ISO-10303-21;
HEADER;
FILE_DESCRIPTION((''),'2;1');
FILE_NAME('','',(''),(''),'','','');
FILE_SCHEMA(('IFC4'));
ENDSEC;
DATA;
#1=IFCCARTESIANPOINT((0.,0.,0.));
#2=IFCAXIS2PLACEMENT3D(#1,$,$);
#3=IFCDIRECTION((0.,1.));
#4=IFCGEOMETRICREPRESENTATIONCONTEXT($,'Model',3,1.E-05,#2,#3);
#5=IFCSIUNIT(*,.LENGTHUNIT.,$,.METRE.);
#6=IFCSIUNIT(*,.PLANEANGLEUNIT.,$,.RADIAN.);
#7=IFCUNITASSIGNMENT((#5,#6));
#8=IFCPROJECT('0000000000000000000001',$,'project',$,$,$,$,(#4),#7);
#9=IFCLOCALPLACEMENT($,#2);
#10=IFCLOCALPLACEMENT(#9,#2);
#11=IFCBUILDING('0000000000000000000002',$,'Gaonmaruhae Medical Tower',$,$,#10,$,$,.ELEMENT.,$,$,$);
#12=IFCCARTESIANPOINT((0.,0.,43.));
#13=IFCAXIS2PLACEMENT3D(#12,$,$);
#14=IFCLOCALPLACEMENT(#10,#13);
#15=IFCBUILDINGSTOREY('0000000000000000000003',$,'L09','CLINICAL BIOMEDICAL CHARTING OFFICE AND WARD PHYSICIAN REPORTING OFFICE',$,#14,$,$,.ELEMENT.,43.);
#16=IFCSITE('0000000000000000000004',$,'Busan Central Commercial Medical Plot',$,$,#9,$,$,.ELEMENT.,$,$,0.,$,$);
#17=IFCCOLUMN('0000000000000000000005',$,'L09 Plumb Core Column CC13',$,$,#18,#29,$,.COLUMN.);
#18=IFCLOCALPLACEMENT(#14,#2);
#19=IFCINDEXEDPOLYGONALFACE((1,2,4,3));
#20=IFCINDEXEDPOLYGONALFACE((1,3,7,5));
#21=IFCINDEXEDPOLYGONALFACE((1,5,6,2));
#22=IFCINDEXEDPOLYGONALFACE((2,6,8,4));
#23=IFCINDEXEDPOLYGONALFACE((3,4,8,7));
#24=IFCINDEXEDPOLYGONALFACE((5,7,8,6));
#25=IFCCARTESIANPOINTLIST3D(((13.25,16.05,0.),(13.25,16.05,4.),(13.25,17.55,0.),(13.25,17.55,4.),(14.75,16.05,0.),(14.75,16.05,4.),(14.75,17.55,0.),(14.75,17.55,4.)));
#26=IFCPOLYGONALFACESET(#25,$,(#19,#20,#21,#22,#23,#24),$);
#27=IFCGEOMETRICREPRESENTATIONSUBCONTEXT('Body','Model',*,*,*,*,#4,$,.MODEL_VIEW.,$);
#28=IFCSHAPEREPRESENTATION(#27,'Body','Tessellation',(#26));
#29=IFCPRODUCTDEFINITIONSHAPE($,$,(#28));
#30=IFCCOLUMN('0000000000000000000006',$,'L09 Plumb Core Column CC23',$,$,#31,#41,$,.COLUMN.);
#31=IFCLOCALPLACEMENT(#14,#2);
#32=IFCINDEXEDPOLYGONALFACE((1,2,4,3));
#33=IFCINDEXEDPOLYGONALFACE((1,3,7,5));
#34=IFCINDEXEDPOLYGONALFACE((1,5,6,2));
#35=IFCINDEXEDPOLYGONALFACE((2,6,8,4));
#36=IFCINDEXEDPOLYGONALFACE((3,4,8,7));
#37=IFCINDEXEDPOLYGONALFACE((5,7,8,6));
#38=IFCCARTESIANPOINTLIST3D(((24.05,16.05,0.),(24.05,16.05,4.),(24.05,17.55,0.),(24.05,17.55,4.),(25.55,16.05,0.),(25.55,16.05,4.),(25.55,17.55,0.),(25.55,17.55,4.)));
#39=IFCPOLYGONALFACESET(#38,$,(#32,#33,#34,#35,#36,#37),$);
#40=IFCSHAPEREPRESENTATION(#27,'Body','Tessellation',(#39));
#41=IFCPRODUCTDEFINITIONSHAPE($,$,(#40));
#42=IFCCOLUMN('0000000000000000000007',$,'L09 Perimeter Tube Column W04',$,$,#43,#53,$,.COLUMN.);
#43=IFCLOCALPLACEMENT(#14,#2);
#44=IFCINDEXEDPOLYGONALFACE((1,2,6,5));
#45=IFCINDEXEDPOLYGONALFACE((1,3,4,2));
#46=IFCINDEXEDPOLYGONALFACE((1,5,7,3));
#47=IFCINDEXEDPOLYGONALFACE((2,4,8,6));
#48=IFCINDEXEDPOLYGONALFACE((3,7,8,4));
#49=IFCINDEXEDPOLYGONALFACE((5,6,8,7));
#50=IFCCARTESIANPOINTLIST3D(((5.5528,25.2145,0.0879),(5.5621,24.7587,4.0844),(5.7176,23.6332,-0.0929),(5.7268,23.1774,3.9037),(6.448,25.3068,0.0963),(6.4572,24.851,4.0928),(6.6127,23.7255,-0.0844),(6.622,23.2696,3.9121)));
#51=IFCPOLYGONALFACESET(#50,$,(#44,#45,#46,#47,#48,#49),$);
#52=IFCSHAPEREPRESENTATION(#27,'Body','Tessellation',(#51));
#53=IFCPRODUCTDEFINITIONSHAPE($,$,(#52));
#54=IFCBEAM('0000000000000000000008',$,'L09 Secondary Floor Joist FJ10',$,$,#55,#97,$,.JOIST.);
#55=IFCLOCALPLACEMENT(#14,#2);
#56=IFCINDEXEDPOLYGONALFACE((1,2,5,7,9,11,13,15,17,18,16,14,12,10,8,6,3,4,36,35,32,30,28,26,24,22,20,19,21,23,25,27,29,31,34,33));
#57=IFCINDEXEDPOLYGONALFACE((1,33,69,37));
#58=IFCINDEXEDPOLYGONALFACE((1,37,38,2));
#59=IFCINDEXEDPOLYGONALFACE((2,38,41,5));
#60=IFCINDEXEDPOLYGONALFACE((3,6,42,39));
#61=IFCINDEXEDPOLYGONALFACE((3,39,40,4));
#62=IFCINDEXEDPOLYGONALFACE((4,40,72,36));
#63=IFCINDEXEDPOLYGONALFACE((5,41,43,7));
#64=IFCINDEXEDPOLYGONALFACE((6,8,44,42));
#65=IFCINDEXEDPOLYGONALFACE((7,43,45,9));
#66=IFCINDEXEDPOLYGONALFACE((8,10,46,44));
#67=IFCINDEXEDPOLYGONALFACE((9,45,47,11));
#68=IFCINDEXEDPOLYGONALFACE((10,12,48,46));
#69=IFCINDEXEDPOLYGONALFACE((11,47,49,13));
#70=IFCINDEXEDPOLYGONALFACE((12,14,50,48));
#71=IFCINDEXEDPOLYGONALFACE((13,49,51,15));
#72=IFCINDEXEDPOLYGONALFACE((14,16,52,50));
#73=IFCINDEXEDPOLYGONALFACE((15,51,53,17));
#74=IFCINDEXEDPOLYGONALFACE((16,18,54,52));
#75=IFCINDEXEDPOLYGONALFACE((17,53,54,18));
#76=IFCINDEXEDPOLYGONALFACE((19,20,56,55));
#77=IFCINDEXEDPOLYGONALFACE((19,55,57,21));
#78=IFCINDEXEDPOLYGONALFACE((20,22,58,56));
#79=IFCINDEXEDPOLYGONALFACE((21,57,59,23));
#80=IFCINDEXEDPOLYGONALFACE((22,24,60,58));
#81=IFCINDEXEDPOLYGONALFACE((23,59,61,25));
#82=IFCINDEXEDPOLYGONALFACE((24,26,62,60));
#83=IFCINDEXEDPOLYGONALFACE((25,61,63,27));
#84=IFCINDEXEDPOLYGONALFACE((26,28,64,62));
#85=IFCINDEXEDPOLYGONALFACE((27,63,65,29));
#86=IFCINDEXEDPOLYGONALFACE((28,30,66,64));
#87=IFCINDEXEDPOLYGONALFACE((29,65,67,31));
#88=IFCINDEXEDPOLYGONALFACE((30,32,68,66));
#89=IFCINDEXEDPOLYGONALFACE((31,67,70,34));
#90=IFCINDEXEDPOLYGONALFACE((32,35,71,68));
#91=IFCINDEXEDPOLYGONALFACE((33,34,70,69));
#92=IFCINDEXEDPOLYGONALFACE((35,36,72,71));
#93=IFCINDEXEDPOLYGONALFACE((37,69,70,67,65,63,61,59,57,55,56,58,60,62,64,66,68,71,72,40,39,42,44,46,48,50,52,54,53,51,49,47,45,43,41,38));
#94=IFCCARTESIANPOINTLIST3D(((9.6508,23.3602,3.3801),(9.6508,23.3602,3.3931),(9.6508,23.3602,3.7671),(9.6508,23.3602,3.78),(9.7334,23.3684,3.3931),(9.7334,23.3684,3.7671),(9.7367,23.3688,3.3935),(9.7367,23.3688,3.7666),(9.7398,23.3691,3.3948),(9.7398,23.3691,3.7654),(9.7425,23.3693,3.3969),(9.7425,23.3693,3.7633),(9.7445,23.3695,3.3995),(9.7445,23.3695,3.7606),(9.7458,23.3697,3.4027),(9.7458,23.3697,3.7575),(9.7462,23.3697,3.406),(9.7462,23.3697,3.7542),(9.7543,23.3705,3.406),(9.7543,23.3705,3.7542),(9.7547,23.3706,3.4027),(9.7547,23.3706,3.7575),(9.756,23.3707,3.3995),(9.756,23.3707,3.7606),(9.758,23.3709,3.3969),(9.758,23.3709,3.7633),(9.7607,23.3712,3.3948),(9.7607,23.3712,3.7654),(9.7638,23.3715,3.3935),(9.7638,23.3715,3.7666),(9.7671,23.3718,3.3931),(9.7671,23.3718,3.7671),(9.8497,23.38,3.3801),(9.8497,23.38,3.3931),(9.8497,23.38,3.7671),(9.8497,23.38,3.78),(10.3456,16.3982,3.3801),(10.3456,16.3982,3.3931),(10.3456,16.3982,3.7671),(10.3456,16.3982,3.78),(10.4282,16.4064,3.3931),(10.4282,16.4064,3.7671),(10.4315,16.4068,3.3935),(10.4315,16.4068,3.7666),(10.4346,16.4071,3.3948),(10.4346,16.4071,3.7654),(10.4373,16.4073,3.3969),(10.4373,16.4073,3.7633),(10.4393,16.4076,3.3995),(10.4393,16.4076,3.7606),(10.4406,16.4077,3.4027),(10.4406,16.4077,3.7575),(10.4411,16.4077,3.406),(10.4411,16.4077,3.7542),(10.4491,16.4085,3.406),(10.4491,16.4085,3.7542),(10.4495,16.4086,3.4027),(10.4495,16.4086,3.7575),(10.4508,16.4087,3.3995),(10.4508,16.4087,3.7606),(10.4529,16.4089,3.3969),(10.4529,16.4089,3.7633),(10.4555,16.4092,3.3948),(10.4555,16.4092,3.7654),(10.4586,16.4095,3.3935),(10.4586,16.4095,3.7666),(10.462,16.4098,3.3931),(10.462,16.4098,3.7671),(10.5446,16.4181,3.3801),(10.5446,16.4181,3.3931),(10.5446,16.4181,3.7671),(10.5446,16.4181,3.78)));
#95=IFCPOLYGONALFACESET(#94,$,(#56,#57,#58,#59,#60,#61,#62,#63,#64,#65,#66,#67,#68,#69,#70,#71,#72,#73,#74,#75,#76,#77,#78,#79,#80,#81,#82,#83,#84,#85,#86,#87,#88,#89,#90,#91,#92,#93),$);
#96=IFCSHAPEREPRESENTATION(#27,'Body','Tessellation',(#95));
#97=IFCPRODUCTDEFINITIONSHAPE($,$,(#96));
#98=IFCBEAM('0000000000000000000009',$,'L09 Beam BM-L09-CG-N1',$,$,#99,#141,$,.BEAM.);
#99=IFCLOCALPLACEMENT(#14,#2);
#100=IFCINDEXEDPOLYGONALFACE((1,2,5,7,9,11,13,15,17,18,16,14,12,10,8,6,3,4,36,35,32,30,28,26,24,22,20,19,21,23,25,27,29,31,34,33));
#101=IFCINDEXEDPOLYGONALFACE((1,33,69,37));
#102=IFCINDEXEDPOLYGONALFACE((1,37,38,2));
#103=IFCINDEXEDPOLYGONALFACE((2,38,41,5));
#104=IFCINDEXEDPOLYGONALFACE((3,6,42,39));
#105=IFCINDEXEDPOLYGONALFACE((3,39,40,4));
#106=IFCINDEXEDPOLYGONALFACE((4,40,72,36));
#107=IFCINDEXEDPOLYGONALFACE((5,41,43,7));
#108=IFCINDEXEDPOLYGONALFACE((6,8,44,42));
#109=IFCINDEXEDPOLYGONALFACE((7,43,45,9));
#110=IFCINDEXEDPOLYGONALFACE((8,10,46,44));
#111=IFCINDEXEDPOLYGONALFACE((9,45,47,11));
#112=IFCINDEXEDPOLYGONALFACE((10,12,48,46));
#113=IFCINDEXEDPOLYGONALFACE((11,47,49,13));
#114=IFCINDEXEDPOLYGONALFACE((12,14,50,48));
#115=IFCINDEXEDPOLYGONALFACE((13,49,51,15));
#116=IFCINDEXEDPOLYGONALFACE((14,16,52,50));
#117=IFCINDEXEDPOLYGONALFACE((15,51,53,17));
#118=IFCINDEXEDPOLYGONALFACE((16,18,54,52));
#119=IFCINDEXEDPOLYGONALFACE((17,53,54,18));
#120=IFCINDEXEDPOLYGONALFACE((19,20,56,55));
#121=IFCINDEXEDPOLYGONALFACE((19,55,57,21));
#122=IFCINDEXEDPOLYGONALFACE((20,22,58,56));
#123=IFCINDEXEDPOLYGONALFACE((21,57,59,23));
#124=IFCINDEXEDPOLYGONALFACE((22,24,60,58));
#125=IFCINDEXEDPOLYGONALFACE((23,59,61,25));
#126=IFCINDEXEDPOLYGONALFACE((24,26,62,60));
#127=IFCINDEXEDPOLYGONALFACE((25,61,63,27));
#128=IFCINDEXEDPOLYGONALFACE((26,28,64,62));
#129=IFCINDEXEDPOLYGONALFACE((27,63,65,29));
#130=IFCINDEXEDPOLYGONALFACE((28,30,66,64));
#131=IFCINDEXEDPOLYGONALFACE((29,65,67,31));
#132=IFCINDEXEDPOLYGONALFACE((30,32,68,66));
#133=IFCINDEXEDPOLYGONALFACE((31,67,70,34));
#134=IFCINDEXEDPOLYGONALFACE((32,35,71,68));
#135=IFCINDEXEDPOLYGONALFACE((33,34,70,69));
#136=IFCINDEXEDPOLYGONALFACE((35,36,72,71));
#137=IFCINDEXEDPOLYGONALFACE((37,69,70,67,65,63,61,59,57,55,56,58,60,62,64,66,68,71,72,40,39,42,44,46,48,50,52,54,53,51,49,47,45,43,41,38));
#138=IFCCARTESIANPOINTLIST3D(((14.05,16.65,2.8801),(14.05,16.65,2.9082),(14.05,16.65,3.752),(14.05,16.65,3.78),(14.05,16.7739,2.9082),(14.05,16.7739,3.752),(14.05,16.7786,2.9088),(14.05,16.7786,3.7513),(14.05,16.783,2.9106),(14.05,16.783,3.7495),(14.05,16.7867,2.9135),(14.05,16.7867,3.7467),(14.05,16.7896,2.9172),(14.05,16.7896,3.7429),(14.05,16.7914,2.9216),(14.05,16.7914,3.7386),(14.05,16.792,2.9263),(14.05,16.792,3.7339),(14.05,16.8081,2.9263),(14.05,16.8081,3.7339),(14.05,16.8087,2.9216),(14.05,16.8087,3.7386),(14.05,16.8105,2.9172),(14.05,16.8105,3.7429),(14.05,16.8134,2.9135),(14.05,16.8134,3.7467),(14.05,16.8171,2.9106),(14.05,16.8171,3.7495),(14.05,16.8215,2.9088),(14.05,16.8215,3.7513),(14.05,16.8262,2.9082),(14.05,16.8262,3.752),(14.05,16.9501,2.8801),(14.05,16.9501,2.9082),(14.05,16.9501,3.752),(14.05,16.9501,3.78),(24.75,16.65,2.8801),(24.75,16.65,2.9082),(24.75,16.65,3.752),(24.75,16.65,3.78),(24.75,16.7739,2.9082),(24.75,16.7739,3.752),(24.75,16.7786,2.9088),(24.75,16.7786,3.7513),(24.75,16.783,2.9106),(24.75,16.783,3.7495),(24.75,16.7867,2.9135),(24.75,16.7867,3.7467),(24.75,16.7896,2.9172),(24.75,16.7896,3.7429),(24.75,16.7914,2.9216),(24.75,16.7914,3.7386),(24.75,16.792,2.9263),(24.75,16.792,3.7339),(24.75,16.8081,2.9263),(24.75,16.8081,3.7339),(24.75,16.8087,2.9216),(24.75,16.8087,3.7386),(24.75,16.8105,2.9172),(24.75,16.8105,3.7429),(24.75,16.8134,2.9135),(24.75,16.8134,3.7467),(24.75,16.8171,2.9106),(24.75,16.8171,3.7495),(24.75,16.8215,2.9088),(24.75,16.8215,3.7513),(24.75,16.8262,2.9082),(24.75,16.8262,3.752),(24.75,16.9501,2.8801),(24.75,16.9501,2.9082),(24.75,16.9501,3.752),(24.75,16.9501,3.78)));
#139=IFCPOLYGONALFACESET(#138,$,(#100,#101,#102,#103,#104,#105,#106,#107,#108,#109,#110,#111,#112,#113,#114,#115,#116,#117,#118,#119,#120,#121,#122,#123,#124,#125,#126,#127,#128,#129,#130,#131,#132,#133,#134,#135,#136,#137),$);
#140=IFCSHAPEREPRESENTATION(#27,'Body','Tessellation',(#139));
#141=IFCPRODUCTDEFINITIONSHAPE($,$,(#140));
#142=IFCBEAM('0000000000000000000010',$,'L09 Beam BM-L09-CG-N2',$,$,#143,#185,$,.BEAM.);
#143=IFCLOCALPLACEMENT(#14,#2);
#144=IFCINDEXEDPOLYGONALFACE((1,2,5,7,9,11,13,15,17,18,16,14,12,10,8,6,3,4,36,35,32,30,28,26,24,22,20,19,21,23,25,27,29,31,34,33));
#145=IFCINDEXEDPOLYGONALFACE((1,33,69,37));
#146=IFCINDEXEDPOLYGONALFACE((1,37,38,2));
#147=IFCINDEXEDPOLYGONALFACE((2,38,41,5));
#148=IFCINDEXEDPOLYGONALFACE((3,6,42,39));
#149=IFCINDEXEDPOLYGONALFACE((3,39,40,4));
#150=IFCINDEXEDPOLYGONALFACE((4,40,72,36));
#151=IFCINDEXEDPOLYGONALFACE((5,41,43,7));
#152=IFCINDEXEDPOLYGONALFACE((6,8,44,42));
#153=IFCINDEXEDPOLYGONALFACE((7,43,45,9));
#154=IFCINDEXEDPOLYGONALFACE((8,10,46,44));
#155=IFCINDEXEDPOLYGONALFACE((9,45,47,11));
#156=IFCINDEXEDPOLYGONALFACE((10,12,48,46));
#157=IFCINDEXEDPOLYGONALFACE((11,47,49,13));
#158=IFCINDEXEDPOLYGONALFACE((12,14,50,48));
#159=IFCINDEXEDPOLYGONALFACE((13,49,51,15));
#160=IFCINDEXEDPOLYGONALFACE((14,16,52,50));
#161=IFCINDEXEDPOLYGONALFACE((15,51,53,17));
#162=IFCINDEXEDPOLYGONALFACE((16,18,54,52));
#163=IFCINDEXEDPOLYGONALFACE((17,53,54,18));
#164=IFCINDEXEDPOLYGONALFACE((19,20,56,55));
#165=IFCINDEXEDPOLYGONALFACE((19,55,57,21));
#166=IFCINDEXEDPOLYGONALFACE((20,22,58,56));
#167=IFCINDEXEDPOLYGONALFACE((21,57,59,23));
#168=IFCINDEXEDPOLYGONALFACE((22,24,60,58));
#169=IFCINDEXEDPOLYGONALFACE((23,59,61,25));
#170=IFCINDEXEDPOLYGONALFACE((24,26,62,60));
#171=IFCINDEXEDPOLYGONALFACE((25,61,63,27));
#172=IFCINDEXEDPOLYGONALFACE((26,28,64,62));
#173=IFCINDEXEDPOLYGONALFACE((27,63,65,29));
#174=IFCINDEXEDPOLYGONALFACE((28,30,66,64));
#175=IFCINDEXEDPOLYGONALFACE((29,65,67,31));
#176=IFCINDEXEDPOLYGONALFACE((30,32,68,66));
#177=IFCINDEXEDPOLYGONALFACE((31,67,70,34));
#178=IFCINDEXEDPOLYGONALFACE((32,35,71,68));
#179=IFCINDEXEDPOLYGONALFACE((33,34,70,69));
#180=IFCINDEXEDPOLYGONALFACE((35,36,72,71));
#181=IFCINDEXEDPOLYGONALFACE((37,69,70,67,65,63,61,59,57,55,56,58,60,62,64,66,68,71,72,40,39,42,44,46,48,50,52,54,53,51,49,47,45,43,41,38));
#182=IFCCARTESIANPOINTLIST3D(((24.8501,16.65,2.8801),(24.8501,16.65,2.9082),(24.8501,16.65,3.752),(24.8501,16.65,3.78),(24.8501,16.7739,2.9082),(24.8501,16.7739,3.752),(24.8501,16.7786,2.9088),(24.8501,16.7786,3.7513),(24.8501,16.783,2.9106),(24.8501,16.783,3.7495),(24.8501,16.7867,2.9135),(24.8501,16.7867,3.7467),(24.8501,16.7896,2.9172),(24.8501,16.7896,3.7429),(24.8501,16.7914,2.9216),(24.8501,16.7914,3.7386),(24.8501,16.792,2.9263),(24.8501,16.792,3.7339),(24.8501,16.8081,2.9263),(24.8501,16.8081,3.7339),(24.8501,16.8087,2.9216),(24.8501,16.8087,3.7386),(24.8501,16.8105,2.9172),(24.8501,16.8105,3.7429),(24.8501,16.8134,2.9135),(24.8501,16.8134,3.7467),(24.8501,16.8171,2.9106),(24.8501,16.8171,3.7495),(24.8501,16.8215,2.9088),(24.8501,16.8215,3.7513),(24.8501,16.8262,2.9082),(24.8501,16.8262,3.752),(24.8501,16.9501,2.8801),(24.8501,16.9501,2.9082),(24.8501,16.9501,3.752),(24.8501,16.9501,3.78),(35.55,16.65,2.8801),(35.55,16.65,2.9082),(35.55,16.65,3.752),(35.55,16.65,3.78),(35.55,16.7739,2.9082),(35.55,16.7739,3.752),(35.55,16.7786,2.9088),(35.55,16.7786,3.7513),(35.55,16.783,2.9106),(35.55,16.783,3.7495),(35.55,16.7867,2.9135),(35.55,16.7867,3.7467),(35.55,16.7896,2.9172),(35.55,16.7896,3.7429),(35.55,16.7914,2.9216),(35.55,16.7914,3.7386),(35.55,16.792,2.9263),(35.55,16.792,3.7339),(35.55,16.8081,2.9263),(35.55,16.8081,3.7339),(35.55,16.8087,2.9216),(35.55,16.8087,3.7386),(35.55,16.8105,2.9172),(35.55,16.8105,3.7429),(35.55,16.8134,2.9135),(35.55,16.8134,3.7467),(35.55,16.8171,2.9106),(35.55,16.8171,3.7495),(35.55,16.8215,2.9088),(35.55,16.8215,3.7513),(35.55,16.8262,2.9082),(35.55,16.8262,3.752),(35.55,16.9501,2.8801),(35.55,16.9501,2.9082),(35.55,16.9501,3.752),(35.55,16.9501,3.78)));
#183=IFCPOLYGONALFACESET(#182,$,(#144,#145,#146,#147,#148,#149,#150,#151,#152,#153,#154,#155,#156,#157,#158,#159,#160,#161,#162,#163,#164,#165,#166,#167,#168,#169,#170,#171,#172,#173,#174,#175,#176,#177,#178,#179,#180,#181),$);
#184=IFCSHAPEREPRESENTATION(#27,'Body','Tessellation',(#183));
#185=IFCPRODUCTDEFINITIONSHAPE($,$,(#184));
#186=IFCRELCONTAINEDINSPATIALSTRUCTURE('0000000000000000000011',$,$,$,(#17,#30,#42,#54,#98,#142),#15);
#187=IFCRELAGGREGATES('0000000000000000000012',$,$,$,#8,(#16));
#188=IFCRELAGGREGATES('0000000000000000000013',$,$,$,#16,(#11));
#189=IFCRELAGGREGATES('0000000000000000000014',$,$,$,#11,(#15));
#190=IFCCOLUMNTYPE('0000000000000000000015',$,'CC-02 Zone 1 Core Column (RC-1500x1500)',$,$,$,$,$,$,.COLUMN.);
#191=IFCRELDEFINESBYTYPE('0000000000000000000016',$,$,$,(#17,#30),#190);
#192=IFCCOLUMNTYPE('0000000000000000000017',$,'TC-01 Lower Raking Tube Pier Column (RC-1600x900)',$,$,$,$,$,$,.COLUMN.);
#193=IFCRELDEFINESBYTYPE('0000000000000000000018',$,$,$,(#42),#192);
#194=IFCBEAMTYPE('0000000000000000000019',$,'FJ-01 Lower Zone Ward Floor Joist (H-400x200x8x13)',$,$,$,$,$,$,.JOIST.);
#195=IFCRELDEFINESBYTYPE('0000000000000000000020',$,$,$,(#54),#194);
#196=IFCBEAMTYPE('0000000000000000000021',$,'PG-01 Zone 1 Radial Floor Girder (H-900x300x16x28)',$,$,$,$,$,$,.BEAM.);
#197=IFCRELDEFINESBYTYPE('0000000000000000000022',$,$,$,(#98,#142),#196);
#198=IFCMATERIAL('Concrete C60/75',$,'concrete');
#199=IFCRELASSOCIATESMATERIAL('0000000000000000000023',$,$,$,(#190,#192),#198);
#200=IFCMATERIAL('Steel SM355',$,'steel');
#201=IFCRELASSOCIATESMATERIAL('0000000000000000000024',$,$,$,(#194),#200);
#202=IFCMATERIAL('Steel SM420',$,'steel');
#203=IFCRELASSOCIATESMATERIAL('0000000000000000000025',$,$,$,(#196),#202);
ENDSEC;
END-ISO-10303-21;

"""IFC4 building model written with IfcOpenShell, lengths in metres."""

from ifc_helpers import new_model, si_unit, direction, frame, origin, origin_2d, place, context, subcontext, project, spatial, rectangle, i_section, extrude, material, material_profile, profile_set, type_object, element, save


model = new_model("IFC4")

# Units and contexts
model_context = context("Model", 3, precision=1e-05, world=origin(), true_north=direction((0.0, 1.0)))
body_context = subcontext(model_context, "Body", "Model", "MODEL_VIEW")
ifc_project = project(units=[si_unit("LENGTHUNIT", "METRE"), si_unit("PLANEANGLEUNIT", "RADIAN")], contexts=[model_context])

# Site, building, storey
site_placement = place(None, origin())
site = spatial("IfcSite", under=ifc_project, at=site_placement, Name="Busan Central Commercial Medical Plot", CompositionType="ELEMENT", RefElevation=0.0)
building_placement = place(site_placement, origin())
building = spatial("IfcBuilding", under=site, at=building_placement, Name="Gaonmaruhae Medical Tower", CompositionType="ELEMENT")
storey_placement = place(building_placement, frame((0.0, 0.0, 43.0)))
storey = spatial("IfcBuildingStorey", under=building, at=storey_placement, Name="L09", Description="CLINICAL BIOMEDICAL CHARTING OFFICE AND WARD PHYSICIAN REPORTING OFFICE", CompositionType="ELEMENT", Elevation=43.0)

# Columns
ifc_material_1 = material(Name="Concrete C60/75", Category="concrete")
ifc_material_profile_1 = material_profile(ifc_material_1, rectangle(XDim=1.5, YDim=1.5, at=origin_2d()), Name="RC-1500x1500")
ifc_profile_set_1 = profile_set([ifc_material_profile_1], Name="Concrete C60/75")
column_type_1 = type_object("IfcColumnType", Name="CC-02 Zone 1 Core Column (RC-1500x1500)", PredefinedType="COLUMN", material=ifc_profile_set_1)
for number, where, z_axis, x_axis, name in (
    (1, (14.0, 16.8, 0.0), (0.0, 0.0, 1.0), (1.0, 0.0, 0.0), "L09 Plumb Core Column CC13"),
    (2, (24.8, 16.8, 0.0), (0.0, 0.0, 1.0), (1.0, 0.0, 0.0), "L09 Plumb Core Column CC23"),
):
    element("IfcColumn", number, at=place(storey_placement, frame(where, z_axis=z_axis, x_axis=x_axis)), inside=storey, type_object=column_type_1, Name=name, PredefinedType="COLUMN", context=body_context, shape_type="SweptSolid", body=[
        extrude(rectangle(XDim=1.5, YDim=1.5, at=origin_2d()), origin(), (0.0, 0.0, 1.0), 4.0),
    ])
ifc_material_profile_2 = material_profile(ifc_material_1, rectangle(XDim=1.6001, YDim=0.8999, at=origin_2d()), Name="RC-1600x900")
ifc_profile_set_2 = profile_set([ifc_material_profile_2], Name="Concrete C60/75")
column_type_2 = type_object("IfcColumnType", Name="TC-01 Lower Raking Tube Pier Column (RC-1600x900)", PredefinedType="COLUMN", material=ifc_profile_set_2)
column_placement = place(storey_placement, frame((6.0828, 24.47, 0.0017), z_axis=(0.002306, -0.113315, 0.993556), x_axis=(-0.10294, 0.988254, 0.112949)))
element("IfcColumn", 3, at=column_placement, inside=storey, type_object=column_type_2, Name="L09 Perimeter Tube Column W04", PredefinedType="COLUMN", context=body_context, shape_type="SweptSolid", body=[
    extrude(rectangle(XDim=1.6001, YDim=0.8999, at=origin_2d()), origin(), (0.0, 0.0, 1.0), 4.0225),
])

# Beams
ifc_material_2 = material(Name="Steel SM355", Category="steel")
ifc_material_profile_3 = material_profile(ifc_material_2, i_section(OverallWidth=0.2, OverallDepth=0.3999, WebThickness=0.0081, FlangeThickness=0.0129, FilletRadius=0.0129, at=origin_2d()), Name="H-400x200x8x13")
ifc_profile_set_3 = profile_set([ifc_material_profile_3], Name="Steel SM355")
beam_type_1 = type_object("IfcBeamType", Name="FJ-01 Lower Zone Ward Floor Joist (H-400x200x8x13)", PredefinedType="JOIST", material=ifc_profile_set_3)
beam_1_placement = place(storey_placement, frame((9.7502, 23.3701, 3.5801), z_axis=(0.09931, -0.995057, 0.0), x_axis=(0.995057, 0.09931, 0.0)))
element("IfcBeam", 4, at=beam_1_placement, inside=storey, type_object=beam_type_1, Name="L09 Secondary Floor Joist FJ10", PredefinedType="JOIST", context=body_context, shape_type="SweptSolid", body=[
    extrude(i_section(OverallWidth=0.2, OverallDepth=0.3999, WebThickness=0.0081, FlangeThickness=0.0129, FilletRadius=0.0129, at=origin_2d()), origin(), (0.0, 0.0, 1.0), 6.9966),
])
ifc_material_3 = material(Name="Steel SM420", Category="steel")
ifc_material_profile_4 = material_profile(ifc_material_3, i_section(OverallWidth=0.3, OverallDepth=0.8999, WebThickness=0.0161, FlangeThickness=0.0281, FilletRadius=0.0181, at=origin_2d()), Name="H-900x300x16x28")
ifc_profile_set_4 = profile_set([ifc_material_profile_4], Name="Steel SM420")
beam_type_2 = type_object("IfcBeamType", Name="PG-01 Zone 1 Radial Floor Girder (H-900x300x16x28)", PredefinedType="BEAM", material=ifc_profile_set_4)
for number, where, z_axis, x_axis, name in (
    (5, (14.05, 16.8, 3.3301), (1.0, 0.0, 0.0), (0.0, 1.0, 0.0), "L09 Beam BM-L09-CG-N1"),
    (6, (24.8501, 16.8, 3.3301), (1.0, 0.0, 0.0), (0.0, 1.0, 0.0), "L09 Beam BM-L09-CG-N2"),
):
    element("IfcBeam", number, at=place(storey_placement, frame(where, z_axis=z_axis, x_axis=x_axis)), inside=storey, type_object=beam_type_2, Name=name, PredefinedType="BEAM", context=body_context, shape_type="SweptSolid", body=[
        extrude(i_section(OverallWidth=0.3, OverallDepth=0.8999, WebThickness=0.0161, FlangeThickness=0.0281, FilletRadius=0.0181, at=origin_2d()), origin(), (0.0, 0.0, 1.0), 10.7),
    ])

save(model, "model.ifc")
